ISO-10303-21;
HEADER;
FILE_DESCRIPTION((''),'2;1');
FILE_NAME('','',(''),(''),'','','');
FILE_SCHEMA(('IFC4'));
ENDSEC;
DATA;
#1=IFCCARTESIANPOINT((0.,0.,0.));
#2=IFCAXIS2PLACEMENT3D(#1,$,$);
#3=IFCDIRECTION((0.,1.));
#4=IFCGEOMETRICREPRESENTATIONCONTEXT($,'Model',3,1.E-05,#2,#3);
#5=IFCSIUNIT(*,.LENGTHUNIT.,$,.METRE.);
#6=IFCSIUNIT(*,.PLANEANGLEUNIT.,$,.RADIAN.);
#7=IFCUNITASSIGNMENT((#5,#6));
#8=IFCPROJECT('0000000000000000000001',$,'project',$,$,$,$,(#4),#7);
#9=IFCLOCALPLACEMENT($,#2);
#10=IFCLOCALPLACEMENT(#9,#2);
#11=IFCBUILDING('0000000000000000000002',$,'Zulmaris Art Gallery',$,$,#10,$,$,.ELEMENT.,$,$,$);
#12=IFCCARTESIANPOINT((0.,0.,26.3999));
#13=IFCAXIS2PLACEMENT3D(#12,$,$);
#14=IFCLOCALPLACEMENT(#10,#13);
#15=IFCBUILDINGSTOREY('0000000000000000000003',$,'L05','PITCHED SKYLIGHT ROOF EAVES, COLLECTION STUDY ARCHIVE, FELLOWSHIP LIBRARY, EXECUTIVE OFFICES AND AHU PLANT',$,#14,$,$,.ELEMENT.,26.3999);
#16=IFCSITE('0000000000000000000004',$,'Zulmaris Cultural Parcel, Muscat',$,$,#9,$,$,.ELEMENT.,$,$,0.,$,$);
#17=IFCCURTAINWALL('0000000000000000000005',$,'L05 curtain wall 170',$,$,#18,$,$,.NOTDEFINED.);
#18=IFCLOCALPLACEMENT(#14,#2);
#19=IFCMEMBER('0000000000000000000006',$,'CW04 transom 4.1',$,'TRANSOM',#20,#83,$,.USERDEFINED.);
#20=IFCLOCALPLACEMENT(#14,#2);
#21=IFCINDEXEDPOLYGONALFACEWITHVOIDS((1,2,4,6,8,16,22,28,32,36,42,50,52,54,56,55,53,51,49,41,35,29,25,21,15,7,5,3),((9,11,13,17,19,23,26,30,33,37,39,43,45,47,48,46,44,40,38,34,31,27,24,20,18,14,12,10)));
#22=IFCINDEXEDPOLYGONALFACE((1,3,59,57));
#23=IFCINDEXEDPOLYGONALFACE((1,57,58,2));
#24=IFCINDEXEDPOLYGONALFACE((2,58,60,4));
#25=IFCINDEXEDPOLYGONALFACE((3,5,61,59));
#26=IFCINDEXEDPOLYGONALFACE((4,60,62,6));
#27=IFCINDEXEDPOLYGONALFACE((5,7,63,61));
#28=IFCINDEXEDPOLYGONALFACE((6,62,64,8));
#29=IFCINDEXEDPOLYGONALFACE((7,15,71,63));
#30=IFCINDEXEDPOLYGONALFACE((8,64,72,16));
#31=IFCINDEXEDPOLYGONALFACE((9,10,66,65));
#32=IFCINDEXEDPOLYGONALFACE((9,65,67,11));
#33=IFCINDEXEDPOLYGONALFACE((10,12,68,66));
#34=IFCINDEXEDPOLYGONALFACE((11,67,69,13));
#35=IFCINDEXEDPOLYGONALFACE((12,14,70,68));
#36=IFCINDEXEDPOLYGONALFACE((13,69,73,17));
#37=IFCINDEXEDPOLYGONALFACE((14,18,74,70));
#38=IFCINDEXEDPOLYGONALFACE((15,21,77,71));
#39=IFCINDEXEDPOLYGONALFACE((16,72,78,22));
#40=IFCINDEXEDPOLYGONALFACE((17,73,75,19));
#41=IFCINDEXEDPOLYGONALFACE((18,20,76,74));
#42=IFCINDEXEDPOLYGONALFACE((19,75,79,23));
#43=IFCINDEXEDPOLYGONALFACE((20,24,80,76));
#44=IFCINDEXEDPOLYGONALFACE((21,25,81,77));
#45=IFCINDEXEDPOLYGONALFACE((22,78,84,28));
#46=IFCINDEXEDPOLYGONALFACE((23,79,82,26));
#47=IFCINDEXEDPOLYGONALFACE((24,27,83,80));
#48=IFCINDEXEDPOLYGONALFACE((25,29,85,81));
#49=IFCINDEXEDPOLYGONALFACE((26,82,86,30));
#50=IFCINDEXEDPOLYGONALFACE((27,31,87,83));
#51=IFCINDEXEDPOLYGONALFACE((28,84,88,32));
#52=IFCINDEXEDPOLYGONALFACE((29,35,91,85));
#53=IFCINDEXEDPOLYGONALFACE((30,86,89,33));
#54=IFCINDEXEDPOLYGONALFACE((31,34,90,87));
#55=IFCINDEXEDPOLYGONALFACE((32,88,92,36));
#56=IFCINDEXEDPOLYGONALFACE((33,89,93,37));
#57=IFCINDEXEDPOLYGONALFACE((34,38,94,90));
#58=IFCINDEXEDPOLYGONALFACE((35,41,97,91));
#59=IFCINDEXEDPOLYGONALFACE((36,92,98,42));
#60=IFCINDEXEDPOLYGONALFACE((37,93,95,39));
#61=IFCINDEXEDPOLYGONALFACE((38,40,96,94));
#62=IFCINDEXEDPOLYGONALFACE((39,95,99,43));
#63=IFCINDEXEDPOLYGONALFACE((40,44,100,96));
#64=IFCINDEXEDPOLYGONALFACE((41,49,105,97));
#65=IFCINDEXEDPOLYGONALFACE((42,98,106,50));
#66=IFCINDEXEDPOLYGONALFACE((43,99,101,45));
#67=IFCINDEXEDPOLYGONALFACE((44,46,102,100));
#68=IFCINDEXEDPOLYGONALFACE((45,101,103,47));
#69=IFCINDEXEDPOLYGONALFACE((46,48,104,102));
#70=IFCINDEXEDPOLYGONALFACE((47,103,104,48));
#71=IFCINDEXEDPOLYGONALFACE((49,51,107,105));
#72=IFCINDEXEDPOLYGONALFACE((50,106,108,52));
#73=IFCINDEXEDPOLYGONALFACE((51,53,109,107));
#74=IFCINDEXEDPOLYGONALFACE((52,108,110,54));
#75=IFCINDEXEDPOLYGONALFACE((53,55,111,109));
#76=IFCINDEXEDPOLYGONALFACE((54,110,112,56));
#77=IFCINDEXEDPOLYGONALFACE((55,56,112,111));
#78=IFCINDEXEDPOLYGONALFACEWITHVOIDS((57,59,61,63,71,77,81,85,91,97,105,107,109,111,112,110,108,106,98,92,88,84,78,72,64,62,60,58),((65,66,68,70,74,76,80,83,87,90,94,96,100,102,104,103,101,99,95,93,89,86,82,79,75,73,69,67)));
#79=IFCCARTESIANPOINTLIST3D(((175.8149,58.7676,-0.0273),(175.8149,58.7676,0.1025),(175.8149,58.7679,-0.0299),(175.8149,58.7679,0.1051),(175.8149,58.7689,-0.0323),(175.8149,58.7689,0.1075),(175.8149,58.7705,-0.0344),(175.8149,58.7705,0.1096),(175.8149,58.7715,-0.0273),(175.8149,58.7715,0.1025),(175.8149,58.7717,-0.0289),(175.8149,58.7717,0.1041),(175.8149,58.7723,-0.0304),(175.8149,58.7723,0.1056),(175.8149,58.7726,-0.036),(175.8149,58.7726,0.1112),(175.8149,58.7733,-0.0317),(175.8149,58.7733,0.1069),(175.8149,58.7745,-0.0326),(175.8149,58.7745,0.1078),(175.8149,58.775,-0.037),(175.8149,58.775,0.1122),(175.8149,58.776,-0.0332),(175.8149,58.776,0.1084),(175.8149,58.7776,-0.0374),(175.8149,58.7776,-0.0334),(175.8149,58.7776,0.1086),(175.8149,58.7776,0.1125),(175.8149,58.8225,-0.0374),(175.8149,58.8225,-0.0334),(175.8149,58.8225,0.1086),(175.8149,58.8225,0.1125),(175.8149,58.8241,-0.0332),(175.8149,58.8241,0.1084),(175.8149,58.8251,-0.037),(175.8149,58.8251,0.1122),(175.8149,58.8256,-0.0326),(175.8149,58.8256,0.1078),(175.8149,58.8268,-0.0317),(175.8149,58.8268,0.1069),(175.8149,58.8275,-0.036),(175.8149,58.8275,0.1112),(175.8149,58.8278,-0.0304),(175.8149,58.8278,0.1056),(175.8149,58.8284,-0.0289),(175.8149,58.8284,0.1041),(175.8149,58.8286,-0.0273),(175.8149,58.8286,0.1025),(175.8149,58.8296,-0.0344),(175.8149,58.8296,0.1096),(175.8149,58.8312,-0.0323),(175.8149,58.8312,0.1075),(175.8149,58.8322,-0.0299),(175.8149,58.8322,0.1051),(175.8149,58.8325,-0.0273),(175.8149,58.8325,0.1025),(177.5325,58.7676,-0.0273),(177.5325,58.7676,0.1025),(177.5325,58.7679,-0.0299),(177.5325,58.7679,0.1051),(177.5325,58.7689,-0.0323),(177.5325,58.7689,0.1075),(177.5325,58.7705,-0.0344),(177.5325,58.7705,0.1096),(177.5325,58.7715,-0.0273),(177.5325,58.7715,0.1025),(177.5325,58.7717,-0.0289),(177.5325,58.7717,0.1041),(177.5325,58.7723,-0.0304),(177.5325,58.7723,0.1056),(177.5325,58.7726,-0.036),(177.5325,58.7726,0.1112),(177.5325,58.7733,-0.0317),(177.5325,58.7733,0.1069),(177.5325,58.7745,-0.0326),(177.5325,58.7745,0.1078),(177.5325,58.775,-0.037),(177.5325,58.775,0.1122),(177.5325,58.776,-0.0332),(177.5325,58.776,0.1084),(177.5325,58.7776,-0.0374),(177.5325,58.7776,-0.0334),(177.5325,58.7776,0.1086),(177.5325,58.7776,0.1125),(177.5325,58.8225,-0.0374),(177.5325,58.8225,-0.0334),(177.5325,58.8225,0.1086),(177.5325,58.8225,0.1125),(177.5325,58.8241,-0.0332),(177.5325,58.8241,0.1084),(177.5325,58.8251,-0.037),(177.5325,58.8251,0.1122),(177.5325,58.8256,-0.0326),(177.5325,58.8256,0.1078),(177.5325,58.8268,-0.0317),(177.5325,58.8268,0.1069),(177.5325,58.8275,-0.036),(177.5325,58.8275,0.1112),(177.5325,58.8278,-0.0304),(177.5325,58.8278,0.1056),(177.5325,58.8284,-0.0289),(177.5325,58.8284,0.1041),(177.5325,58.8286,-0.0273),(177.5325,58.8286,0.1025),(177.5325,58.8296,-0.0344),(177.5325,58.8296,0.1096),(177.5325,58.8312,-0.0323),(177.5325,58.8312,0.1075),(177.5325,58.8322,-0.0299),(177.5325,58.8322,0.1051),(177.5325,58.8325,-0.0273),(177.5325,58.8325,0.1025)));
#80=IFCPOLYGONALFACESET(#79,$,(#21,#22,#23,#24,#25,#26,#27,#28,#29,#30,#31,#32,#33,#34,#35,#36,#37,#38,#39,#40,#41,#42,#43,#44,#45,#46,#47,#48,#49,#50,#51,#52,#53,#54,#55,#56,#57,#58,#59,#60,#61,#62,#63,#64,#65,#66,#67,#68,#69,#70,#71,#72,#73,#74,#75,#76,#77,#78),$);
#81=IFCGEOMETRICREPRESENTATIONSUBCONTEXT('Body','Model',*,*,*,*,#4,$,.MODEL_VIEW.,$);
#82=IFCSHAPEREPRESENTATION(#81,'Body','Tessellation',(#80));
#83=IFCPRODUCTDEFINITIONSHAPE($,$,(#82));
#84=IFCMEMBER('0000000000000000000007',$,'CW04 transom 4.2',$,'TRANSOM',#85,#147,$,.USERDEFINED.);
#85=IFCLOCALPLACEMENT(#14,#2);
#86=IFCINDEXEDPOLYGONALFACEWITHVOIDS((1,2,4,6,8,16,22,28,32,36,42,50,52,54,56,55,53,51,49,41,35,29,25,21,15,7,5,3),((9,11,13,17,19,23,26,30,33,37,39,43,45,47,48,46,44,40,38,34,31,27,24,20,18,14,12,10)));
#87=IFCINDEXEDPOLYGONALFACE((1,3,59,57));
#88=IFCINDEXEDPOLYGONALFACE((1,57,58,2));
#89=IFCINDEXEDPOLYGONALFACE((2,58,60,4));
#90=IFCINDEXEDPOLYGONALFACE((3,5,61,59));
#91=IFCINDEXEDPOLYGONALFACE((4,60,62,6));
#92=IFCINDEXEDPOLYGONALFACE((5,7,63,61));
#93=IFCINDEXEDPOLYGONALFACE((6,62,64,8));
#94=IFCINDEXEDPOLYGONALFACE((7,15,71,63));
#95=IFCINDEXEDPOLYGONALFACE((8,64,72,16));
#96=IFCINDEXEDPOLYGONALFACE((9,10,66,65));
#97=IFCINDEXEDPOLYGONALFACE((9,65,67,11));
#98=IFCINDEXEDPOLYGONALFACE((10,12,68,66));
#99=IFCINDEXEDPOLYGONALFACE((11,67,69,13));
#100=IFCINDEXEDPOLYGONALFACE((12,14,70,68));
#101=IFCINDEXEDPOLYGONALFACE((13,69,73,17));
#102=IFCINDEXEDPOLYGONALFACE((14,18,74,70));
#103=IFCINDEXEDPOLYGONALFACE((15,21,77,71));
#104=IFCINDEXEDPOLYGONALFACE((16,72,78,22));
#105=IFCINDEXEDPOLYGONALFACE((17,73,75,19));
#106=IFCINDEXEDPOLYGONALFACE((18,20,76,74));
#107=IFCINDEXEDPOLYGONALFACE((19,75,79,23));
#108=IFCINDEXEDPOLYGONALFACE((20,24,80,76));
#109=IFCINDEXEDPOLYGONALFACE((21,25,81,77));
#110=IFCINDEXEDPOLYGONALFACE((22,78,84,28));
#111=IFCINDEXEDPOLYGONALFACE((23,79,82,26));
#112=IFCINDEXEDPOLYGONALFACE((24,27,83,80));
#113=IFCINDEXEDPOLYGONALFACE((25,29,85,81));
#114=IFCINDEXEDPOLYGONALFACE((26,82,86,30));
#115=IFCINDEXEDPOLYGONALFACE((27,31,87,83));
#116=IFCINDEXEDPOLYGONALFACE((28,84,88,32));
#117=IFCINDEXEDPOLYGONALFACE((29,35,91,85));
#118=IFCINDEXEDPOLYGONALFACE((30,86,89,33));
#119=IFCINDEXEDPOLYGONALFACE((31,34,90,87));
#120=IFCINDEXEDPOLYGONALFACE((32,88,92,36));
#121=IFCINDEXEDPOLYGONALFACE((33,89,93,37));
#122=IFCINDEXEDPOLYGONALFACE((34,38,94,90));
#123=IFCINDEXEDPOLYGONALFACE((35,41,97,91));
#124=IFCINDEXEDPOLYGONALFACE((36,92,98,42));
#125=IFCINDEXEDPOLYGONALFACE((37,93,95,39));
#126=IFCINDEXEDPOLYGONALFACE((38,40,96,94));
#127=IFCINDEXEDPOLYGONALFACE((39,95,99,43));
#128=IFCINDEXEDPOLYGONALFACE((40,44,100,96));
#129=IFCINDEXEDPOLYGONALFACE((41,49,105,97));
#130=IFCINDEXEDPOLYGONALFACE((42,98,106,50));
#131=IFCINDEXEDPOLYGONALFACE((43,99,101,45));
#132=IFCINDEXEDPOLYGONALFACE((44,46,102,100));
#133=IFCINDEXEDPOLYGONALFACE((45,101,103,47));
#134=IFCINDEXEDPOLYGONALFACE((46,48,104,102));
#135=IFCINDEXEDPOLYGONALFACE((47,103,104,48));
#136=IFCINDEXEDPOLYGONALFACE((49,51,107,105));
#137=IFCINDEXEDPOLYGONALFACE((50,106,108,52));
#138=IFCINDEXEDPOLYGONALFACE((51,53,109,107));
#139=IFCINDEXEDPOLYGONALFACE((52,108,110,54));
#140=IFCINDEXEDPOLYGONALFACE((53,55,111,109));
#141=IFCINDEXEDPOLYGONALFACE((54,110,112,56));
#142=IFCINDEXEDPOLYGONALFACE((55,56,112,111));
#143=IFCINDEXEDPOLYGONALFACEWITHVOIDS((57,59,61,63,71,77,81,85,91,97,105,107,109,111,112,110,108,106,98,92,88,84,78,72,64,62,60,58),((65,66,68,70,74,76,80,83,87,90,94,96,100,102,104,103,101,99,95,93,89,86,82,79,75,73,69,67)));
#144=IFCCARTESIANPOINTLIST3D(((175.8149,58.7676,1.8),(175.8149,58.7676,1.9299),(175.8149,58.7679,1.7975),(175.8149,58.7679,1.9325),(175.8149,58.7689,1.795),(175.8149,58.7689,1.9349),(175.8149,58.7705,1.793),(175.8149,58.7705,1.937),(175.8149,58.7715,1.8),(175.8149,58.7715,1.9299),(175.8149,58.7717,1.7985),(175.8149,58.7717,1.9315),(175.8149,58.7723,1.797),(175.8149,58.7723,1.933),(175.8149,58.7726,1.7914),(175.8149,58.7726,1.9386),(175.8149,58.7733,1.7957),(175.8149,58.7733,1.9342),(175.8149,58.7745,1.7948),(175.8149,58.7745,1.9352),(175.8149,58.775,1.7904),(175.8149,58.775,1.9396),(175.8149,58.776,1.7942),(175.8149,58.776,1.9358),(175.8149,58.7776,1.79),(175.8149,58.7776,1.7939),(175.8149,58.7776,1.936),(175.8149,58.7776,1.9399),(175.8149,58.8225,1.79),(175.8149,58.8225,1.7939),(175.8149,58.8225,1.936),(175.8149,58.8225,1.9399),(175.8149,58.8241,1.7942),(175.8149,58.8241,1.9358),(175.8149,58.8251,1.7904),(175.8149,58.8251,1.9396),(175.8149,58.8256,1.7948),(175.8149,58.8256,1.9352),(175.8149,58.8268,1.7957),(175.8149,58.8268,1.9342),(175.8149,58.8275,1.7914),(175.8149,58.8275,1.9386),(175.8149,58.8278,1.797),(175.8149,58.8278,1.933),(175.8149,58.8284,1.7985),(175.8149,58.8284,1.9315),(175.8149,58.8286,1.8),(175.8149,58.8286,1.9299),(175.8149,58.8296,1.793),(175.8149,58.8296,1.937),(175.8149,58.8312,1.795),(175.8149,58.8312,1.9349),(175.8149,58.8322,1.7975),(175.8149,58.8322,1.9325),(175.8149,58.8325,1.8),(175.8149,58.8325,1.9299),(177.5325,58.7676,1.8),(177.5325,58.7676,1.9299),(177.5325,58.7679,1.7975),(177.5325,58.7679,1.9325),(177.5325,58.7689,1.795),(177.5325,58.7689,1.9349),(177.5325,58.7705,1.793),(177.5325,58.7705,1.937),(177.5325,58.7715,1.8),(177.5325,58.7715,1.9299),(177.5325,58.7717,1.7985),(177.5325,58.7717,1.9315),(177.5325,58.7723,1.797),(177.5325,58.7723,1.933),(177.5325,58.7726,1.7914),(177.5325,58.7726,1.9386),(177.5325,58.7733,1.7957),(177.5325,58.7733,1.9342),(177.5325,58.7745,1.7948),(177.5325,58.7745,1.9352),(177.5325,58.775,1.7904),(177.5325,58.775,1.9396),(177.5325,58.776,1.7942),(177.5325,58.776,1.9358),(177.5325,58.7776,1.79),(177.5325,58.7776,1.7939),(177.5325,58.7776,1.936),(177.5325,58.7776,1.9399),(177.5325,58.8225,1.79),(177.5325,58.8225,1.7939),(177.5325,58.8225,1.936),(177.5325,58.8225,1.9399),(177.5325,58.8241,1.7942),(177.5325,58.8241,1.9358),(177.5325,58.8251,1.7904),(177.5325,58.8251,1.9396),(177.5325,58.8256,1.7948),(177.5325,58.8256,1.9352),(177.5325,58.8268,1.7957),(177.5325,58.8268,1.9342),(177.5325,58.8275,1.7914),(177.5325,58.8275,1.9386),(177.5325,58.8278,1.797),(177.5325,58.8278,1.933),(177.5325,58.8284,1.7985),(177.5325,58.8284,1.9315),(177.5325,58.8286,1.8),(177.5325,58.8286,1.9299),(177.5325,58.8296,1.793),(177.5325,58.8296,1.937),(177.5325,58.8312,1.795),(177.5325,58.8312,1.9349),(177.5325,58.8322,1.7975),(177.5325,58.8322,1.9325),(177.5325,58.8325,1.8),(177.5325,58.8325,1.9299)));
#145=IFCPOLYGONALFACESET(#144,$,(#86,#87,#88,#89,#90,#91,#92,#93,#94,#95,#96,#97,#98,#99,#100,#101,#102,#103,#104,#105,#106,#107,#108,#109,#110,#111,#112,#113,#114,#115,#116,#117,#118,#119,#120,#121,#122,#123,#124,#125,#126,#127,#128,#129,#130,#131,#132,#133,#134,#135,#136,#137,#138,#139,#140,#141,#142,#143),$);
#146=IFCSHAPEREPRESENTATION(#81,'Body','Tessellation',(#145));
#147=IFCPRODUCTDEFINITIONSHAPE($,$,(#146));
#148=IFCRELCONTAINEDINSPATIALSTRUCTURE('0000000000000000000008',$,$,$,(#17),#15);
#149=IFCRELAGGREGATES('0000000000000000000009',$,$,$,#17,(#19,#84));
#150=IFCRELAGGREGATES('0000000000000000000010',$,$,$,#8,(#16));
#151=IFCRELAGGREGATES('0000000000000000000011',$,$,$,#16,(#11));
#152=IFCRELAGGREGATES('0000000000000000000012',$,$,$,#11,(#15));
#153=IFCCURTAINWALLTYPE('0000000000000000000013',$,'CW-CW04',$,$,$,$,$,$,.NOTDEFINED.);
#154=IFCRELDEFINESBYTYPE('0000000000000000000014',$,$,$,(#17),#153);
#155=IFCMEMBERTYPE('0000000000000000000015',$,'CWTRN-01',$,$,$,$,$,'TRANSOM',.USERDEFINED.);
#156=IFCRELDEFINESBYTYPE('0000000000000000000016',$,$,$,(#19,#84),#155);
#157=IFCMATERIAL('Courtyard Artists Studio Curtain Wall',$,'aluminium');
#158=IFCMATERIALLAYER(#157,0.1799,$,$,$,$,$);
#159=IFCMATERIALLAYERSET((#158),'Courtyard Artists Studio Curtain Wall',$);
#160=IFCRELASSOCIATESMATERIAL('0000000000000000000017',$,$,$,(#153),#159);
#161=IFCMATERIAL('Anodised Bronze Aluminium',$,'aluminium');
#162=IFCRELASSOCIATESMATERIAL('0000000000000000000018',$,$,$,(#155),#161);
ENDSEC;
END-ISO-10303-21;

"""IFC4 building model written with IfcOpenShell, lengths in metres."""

from ifc_helpers import new_model, si_unit, direction, frame, origin, origin_2d, place, context, subcontext, project, spatial, hollow_rectangle, extrude, material, layer, layer_set, material_profile, profile_set, type_object, element, aggregate, save


model = new_model("IFC4")

# Units and contexts
model_context = context("Model", 3, precision=1e-05, world=origin(), true_north=direction((0.0, 1.0)))
body_context = subcontext(model_context, "Body", "Model", "MODEL_VIEW")
ifc_project = project(units=[si_unit("LENGTHUNIT", "METRE"), si_unit("PLANEANGLEUNIT", "RADIAN")], contexts=[model_context])

# Site, building, storey
site_placement = place(None, origin())
site = spatial("IfcSite", under=ifc_project, at=site_placement, Name="Zulmaris Cultural Parcel, Muscat", CompositionType="ELEMENT", RefElevation=0.0)
building_placement = place(site_placement, origin())
building = spatial("IfcBuilding", under=site, at=building_placement, Name="Zulmaris Art Gallery", CompositionType="ELEMENT")
storey_placement = place(building_placement, frame((0.0, 0.0, 26.3999)))
storey = spatial("IfcBuildingStorey", under=building, at=storey_placement, Name="L05", Description="PITCHED SKYLIGHT ROOF EAVES, COLLECTION STUDY ARCHIVE, FELLOWSHIP LIBRARY, EXECUTIVE OFFICES AND AHU PLANT", CompositionType="ELEMENT", Elevation=26.3999)

# Curtain wall
ifc_material_1 = material(Name="Courtyard Artists Studio Curtain Wall", Category="aluminium")
ifc_layer_1 = layer(ifc_material_1, 0.1799)
ifc_layer_set_1 = layer_set([ifc_layer_1], Name="Courtyard Artists Studio Curtain Wall")
curtain_wall_type = type_object("IfcCurtainWallType", Name="CW-CW04", PredefinedType="NOTDEFINED", material=ifc_layer_set_1)
ifc_material_2 = material(Name="Anodised Bronze Aluminium", Category="aluminium")
curtain_wall_1_placement = place(storey_placement, origin())
curtain_wall_1 = element("IfcCurtainWall", 1, at=curtain_wall_1_placement, inside=storey, type_object=curtain_wall_type, Name="L05 curtain wall 170", PredefinedType="NOTDEFINED")

# Members
ifc_material_profile_1 = material_profile(ifc_material_2, hollow_rectangle(XDim=0.0649, YDim=0.1499, WallThickness=0.0039, InnerFilletRadius=0.0061, OuterFilletRadius=0.01, at=origin_2d()), Name="ALU 65x150x4")
ifc_profile_set_1 = profile_set([ifc_material_profile_1], Name="Anodised Bronze Aluminium")
member_type_1 = type_object("IfcMemberType", Name="CWTRN-01", ElementType="TRANSOM", PredefinedType="USERDEFINED", material=ifc_profile_set_1)
member_1_placement = place(storey_placement, frame((177.5325, 58.8, 0.0376), z_axis=(-1.0, 0.0, 0.0), x_axis=(0.0, -1.0, 0.0)))
member_1 = element("IfcMember", 2, at=member_1_placement, type_object=member_type_1, Name="CW04 transom 4.1", ObjectType="TRANSOM", PredefinedType="USERDEFINED", context=body_context, shape_type="SweptSolid", body=[
    extrude(hollow_rectangle(XDim=0.0649, YDim=0.1499, WallThickness=0.0039, InnerFilletRadius=0.0061, OuterFilletRadius=0.01, at=origin_2d()), origin(), (0.0, 0.0, 1.0), 1.7175),
])
member_2_placement = place(storey_placement, frame((177.5325, 58.8, 1.865), z_axis=(-1.0, 0.0, 0.0), x_axis=(0.0, -1.0, 0.0)))
member_2 = element("IfcMember", 3, at=member_2_placement, type_object=member_type_1, Name="CW04 transom 4.2", ObjectType="TRANSOM", PredefinedType="USERDEFINED", context=body_context, shape_type="SweptSolid", body=[
    extrude(hollow_rectangle(XDim=0.0649, YDim=0.1499, WallThickness=0.0039, InnerFilletRadius=0.0061, OuterFilletRadius=0.01, at=origin_2d()), origin(), (0.0, 0.0, 1.0), 1.7175),
])

aggregate(curtain_wall_1, [member_1, member_2])

save(model, "model.ifc")
